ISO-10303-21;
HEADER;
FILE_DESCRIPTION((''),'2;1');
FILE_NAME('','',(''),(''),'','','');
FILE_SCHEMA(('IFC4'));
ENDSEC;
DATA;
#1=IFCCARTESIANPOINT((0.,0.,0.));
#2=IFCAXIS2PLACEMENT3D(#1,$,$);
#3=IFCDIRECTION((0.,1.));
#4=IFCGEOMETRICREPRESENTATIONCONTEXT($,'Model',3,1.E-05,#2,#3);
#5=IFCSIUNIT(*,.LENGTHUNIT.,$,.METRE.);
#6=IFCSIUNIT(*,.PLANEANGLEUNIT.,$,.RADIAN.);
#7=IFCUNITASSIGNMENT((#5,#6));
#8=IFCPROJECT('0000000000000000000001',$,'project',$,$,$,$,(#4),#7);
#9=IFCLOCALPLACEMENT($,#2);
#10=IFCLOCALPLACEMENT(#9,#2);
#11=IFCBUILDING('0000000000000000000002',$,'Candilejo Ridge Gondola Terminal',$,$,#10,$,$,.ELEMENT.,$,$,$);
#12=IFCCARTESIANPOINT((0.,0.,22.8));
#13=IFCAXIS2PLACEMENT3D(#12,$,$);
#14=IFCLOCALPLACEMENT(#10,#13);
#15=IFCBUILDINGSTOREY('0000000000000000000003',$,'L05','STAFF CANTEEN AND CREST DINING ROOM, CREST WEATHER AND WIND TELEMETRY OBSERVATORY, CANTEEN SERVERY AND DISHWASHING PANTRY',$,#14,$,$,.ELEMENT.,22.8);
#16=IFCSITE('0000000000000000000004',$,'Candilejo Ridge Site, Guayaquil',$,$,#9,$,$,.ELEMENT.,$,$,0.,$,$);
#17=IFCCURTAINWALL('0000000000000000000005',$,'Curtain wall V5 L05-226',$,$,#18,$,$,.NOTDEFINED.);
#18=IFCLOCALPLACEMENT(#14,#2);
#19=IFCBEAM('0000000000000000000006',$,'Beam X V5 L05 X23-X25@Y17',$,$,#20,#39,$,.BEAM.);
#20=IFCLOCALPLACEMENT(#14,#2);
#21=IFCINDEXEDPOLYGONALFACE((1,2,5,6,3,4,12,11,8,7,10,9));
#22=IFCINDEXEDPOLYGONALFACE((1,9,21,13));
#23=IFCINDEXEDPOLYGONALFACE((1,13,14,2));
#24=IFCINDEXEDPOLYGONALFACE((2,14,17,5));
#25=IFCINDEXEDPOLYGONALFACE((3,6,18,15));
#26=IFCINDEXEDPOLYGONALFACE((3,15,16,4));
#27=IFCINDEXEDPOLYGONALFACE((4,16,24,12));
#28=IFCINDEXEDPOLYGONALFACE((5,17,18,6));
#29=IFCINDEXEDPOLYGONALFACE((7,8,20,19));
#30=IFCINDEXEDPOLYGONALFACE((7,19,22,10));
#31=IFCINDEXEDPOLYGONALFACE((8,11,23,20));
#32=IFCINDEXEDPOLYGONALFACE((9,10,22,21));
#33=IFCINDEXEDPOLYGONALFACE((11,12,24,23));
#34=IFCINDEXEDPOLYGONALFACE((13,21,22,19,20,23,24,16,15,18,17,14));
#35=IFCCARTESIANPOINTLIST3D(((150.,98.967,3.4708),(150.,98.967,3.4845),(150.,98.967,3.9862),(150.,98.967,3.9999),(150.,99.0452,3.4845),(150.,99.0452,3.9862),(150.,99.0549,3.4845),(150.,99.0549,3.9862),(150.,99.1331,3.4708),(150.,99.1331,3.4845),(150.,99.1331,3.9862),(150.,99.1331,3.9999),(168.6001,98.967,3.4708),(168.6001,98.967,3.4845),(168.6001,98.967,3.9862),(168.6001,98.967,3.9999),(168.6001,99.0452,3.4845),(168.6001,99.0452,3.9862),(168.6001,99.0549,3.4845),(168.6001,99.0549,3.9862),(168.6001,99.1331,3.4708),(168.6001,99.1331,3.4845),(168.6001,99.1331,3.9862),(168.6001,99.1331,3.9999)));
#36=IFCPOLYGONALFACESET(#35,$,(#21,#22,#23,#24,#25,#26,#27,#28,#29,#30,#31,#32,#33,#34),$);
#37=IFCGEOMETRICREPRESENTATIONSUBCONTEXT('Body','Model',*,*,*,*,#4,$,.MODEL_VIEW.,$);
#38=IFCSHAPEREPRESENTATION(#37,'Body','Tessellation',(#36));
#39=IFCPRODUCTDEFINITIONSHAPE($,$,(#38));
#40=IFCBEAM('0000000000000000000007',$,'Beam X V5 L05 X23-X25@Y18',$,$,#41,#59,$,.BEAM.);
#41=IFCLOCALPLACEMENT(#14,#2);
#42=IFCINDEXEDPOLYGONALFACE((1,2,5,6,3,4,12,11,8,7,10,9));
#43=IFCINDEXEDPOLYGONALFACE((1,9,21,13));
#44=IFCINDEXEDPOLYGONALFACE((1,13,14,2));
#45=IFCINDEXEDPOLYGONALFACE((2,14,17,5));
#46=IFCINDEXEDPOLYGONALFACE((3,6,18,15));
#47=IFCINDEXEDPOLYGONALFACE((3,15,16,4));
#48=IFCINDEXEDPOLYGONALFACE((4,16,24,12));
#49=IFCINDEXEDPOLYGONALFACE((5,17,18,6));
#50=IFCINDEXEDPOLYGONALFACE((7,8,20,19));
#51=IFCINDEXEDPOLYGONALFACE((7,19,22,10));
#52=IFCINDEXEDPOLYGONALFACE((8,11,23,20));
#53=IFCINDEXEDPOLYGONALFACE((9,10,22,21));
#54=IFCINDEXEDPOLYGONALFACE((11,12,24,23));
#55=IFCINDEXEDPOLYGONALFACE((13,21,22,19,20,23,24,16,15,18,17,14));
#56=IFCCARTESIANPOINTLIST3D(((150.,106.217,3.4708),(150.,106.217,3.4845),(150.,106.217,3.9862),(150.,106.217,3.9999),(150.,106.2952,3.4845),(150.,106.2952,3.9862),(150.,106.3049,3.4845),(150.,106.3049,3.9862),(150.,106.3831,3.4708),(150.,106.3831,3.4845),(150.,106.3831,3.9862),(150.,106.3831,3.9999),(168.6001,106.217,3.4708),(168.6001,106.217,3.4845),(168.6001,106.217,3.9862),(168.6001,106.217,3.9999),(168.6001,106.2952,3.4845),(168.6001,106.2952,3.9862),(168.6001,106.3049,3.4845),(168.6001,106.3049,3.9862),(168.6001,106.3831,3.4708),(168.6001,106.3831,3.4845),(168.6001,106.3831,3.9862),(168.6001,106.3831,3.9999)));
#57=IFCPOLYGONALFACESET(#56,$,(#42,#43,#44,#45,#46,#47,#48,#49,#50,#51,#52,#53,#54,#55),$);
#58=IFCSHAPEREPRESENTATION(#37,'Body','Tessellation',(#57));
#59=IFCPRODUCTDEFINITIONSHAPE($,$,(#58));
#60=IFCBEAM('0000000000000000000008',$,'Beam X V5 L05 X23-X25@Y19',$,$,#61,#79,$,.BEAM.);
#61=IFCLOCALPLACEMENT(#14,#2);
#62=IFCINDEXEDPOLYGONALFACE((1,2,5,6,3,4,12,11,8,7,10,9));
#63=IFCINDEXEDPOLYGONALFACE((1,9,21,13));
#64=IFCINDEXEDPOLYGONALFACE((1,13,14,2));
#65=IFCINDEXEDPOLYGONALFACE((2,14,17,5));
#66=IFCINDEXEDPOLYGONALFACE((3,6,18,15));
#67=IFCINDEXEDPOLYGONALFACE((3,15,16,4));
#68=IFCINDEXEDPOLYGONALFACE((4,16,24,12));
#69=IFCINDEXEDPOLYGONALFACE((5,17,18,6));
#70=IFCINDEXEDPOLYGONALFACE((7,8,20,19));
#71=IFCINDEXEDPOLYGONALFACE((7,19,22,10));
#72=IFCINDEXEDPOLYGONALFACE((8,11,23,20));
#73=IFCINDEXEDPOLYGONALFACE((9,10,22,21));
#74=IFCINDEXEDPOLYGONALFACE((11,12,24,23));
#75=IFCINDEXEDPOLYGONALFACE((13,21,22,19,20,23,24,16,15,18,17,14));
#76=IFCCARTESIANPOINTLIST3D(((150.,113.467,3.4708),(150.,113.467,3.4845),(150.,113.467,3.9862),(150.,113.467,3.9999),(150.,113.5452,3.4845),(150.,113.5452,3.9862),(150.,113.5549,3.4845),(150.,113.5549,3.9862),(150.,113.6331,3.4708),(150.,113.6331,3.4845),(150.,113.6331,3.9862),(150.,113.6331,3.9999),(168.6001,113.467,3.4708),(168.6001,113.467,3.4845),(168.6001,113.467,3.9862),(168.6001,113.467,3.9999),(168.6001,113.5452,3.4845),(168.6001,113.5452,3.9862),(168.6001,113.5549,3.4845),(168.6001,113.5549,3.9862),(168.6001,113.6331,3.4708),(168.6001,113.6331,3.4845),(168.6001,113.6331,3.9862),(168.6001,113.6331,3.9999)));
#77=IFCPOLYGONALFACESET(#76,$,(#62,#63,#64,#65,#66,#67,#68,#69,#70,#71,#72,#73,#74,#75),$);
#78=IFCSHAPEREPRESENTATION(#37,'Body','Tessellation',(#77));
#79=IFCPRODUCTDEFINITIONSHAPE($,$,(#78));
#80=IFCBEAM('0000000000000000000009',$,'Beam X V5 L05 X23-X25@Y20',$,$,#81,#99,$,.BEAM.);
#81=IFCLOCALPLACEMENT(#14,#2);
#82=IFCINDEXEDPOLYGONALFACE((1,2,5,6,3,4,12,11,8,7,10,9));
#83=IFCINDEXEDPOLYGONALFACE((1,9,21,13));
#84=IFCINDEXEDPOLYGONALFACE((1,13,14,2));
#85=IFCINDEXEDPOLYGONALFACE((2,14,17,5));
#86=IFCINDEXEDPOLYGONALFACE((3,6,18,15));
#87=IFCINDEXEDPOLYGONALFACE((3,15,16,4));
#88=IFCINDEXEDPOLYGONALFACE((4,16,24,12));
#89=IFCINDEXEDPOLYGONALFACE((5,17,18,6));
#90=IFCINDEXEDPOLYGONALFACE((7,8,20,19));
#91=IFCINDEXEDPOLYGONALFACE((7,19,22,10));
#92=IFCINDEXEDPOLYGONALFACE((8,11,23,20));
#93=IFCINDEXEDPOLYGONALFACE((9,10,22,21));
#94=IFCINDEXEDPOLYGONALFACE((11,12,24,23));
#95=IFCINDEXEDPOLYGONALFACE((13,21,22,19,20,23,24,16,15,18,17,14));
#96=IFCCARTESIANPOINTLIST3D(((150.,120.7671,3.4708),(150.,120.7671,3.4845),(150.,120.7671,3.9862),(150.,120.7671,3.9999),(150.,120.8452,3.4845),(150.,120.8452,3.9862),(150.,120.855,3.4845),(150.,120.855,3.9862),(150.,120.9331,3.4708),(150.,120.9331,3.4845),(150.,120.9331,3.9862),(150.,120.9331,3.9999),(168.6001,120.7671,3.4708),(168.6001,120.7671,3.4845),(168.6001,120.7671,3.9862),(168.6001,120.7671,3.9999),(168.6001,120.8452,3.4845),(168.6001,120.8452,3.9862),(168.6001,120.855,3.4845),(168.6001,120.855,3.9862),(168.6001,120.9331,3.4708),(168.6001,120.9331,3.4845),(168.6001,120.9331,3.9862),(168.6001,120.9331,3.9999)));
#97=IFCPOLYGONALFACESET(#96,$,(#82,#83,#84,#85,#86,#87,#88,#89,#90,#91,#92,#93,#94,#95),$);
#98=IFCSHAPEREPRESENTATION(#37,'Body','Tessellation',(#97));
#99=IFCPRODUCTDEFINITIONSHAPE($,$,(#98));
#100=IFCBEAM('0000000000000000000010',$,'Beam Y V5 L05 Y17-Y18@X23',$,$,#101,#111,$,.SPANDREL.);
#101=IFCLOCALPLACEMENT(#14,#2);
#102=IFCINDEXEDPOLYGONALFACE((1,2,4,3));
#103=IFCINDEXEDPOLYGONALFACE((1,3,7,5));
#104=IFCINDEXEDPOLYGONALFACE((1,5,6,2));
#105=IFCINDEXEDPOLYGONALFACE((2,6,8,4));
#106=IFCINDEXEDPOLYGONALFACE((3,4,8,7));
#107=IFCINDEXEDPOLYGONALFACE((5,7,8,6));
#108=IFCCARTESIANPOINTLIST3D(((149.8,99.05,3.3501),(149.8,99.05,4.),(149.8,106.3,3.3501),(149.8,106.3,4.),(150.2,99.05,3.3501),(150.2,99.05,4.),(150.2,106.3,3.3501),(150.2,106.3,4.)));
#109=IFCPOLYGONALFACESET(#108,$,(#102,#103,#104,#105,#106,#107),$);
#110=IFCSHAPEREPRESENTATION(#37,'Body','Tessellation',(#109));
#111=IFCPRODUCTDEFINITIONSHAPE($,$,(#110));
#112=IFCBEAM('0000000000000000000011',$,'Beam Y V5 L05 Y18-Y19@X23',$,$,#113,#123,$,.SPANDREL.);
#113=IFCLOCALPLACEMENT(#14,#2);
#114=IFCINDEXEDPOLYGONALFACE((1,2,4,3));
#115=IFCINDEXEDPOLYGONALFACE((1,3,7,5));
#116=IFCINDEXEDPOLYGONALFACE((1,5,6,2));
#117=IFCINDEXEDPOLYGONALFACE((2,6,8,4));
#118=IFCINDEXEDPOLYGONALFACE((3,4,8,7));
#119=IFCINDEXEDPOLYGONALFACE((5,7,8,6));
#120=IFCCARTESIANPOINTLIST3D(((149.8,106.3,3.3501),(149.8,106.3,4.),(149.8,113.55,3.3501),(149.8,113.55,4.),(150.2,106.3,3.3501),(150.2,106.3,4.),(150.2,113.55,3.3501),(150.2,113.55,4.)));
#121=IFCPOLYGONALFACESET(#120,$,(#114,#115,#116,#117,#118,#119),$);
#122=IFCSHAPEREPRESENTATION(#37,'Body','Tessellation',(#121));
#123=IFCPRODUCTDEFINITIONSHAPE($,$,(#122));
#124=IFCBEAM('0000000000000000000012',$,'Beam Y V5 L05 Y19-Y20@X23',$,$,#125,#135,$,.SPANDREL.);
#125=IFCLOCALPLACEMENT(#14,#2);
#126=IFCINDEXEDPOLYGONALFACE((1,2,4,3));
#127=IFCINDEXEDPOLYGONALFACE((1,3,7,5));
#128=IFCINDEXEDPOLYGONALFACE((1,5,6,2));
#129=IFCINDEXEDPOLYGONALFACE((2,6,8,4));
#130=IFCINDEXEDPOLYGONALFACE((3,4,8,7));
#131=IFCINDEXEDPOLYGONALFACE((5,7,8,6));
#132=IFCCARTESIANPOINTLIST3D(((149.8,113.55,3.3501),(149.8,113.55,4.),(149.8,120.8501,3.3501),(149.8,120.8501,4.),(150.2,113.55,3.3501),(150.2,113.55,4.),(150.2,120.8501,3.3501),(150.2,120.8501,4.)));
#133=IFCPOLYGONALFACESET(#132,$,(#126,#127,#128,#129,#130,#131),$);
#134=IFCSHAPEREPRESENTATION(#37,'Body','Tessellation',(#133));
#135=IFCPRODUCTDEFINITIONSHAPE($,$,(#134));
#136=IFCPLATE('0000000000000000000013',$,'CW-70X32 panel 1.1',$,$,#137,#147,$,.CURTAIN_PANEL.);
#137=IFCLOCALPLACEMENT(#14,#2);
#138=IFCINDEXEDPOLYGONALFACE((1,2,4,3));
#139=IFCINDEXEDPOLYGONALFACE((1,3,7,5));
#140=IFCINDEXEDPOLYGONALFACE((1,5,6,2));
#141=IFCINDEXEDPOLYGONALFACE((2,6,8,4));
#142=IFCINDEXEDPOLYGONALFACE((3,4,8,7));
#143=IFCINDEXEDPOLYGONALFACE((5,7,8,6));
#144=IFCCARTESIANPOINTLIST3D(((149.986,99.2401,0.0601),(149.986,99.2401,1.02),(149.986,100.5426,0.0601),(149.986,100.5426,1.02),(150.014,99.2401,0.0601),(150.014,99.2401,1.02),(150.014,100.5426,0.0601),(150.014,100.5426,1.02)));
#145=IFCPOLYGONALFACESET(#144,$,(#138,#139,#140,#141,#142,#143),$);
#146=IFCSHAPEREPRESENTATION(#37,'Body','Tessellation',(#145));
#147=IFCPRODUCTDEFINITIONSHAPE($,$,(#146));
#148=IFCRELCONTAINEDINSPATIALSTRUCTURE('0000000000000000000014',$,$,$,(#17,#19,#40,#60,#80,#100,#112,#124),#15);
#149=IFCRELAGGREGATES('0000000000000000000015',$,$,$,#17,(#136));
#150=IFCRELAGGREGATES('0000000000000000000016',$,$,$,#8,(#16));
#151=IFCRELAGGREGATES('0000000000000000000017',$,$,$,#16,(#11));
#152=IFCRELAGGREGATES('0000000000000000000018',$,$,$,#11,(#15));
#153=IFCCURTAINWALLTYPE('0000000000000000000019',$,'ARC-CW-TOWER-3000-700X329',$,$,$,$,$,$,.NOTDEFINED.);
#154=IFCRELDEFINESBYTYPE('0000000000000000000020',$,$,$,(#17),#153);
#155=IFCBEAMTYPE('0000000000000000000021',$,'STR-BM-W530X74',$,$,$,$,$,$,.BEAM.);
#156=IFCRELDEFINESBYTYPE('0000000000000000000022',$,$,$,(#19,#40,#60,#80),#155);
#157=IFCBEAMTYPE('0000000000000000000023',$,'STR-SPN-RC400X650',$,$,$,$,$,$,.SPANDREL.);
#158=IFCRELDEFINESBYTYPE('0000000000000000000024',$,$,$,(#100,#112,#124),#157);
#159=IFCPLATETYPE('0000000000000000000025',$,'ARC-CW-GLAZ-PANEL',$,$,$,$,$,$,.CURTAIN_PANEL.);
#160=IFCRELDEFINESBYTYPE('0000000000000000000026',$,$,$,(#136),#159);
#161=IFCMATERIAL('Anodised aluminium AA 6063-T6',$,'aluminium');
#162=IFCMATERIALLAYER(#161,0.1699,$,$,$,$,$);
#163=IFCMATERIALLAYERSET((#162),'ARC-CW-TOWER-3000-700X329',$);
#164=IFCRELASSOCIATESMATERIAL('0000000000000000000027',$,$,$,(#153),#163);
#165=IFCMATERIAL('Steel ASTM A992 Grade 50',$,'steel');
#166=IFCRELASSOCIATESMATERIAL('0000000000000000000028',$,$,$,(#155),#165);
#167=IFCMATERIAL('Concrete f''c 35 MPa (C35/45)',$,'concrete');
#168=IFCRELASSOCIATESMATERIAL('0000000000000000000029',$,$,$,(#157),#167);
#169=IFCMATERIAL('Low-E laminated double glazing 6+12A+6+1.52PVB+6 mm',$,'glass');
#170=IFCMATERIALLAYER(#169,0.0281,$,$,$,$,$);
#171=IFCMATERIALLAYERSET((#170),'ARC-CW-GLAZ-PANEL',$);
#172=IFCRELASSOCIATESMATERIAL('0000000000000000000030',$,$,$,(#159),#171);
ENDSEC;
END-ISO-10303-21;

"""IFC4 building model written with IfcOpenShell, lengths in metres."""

from ifc_helpers import new_model, si_unit, direction, frame, origin, origin_2d, place, context, subcontext, project, spatial, rectangle, i_section, extrude, material, layer, layer_set, material_profile, profile_set, type_object, element, aggregate, save


model = new_model("IFC4")

# Units and contexts
model_context = context("Model", 3, precision=1e-05, world=origin(), true_north=direction((0.0, 1.0)))
body_context = subcontext(model_context, "Body", "Model", "MODEL_VIEW")
ifc_project = project(units=[si_unit("LENGTHUNIT", "METRE"), si_unit("PLANEANGLEUNIT", "RADIAN")], contexts=[model_context])

# Site, building, storey
site_placement = place(None, origin())
site = spatial("IfcSite", under=ifc_project, at=site_placement, Name="Candilejo Ridge Site, Guayaquil", CompositionType="ELEMENT", RefElevation=0.0)
building_placement = place(site_placement, origin())
building = spatial("IfcBuilding", under=site, at=building_placement, Name="Candilejo Ridge Gondola Terminal", CompositionType="ELEMENT")
storey_placement = place(building_placement, frame((0.0, 0.0, 22.8)))
storey = spatial("IfcBuildingStorey", under=building, at=storey_placement, Name="L05", Description="STAFF CANTEEN AND CREST DINING ROOM, CREST WEATHER AND WIND TELEMETRY OBSERVATORY, CANTEEN SERVERY AND DISHWASHING PANTRY", CompositionType="ELEMENT", Elevation=22.8)

# Curtain wall
ifc_material_1 = material(Name="Anodised aluminium AA 6063-T6", Category="aluminium")
ifc_layer_1 = layer(ifc_material_1, 0.1699)
ifc_layer_set_1 = layer_set([ifc_layer_1], Name="ARC-CW-TOWER-3000-700X329")
curtain_wall_type = type_object("IfcCurtainWallType", Name="ARC-CW-TOWER-3000-700X329", PredefinedType="NOTDEFINED", material=ifc_layer_set_1)
curtain_wall_placement = place(storey_placement, origin())
curtain_wall = element("IfcCurtainWall", 1, at=curtain_wall_placement, inside=storey, type_object=curtain_wall_type, Name="Curtain wall V5 L05-226", PredefinedType="NOTDEFINED")

# Beams
ifc_material_2 = material(Name="Steel ASTM A992 Grade 50", Category="steel")
ifc_material_profile_1 = material_profile(ifc_material_2, i_section(OverallWidth=0.166, OverallDepth=0.5291, WebThickness=0.0098, FlangeThickness=0.0137, at=origin_2d()))
ifc_profile_set_1 = profile_set([ifc_material_profile_1], Name="Steel ASTM A992 Grade 50")
beam_type_1 = type_object("IfcBeamType", Name="STR-BM-W530X74", PredefinedType="BEAM", material=ifc_profile_set_1)
for number, where, z_axis, x_axis, name in (
    (2, (150.0, 99.05, 3.7354), (1.0, 0.0, 0.0), (0.0, 1.0, 0.0), "Beam X V5 L05 X23-X25@Y17"),
    (3, (150.0, 106.3, 3.7354), (1.0, 0.0, 0.0), (0.0, 1.0, 0.0), "Beam X V5 L05 X23-X25@Y18"),
    (4, (150.0, 113.55, 3.7354), (1.0, 0.0, 0.0), (0.0, 1.0, 0.0), "Beam X V5 L05 X23-X25@Y19"),
    (5, (150.0, 120.8501, 3.7354), (1.0, 0.0, 0.0), (0.0, 1.0, 0.0), "Beam X V5 L05 X23-X25@Y20"),
):
    element("IfcBeam", number, at=place(storey_placement, frame(where, z_axis=z_axis, x_axis=x_axis)), inside=storey, type_object=beam_type_1, Name=name, PredefinedType="BEAM", context=body_context, shape_type="SweptSolid", body=[
        extrude(i_section(OverallWidth=0.166, OverallDepth=0.5291, WebThickness=0.0098, FlangeThickness=0.0137, at=origin_2d()), origin(), (0.0, 0.0, 1.0), 18.6001),
    ])
ifc_material_3 = material(Name="Concrete f'c 35 MPa (C35/45)", Category="concrete")
ifc_material_profile_2 = material_profile(ifc_material_3, rectangle(XDim=0.3999, YDim=0.6499, at=origin_2d()))
ifc_profile_set_2 = profile_set([ifc_material_profile_2], Name="Concrete f'c 35 MPa (C35/45)")
beam_type_2 = type_object("IfcBeamType", Name="STR-SPN-RC400X650", PredefinedType="SPANDREL", material=ifc_profile_set_2)
for number, where, z_axis, x_axis, name in (
    (6, (150.0, 99.05, 3.675), (0.0, 1.0, 0.0), (-1.0, 0.0, 0.0), "Beam Y V5 L05 Y17-Y18@X23"),
    (7, (150.0, 106.3, 3.675), (0.0, 1.0, 0.0), (-1.0, 0.0, 0.0), "Beam Y V5 L05 Y18-Y19@X23"),
):
    element("IfcBeam", number, at=place(storey_placement, frame(where, z_axis=z_axis, x_axis=x_axis)), inside=storey, type_object=beam_type_2, Name=name, PredefinedType="SPANDREL", context=body_context, shape_type="SweptSolid", body=[
        extrude(rectangle(XDim=0.3999, YDim=0.6499, at=origin_2d()), origin(), (0.0, 0.0, 1.0), 7.25),
    ])
beam_placement = place(storey_placement, frame((150.0, 113.55, 3.675), z_axis=(0.0, 1.0, 0.0), x_axis=(-1.0, 0.0, 0.0)))
element("IfcBeam", 8, at=beam_placement, inside=storey, type_object=beam_type_2, Name="Beam Y V5 L05 Y19-Y20@X23", PredefinedType="SPANDREL", context=body_context, shape_type="SweptSolid", body=[
    extrude(rectangle(XDim=0.3999, YDim=0.6499, at=origin_2d()), origin(), (0.0, 0.0, 1.0), 7.3),
])

# Plate
ifc_material_4 = material(Name="Low-E laminated double glazing 6+12A+6+1.52PVB+6 mm", Category="glass")
ifc_layer_2 = layer(ifc_material_4, 0.0281)
ifc_layer_set_2 = layer_set([ifc_layer_2], Name="ARC-CW-GLAZ-PANEL")
plate_type = type_object("IfcPlateType", Name="ARC-CW-GLAZ-PANEL", PredefinedType="CURTAIN_PANEL", material=ifc_layer_set_2)
plate_placement = place(storey_placement, frame((150.0, 99.8914, 0.0601), z_axis=(0.0, 0.0, 1.0), x_axis=(0.0, 1.0, 0.0)))
plate = element("IfcPlate", 9, at=plate_placement, type_object=plate_type, Name="CW-70X32 panel 1.1", PredefinedType="CURTAIN_PANEL", context=body_context, shape_type="SweptSolid", body=[
    extrude(rectangle(XDim=1.3025, YDim=0.0281, at=origin_2d()), origin(), (0.0, 0.0, 1.0), 0.96),
])
aggregate(curtain_wall, [plate])

save(model, "model.ifc")
